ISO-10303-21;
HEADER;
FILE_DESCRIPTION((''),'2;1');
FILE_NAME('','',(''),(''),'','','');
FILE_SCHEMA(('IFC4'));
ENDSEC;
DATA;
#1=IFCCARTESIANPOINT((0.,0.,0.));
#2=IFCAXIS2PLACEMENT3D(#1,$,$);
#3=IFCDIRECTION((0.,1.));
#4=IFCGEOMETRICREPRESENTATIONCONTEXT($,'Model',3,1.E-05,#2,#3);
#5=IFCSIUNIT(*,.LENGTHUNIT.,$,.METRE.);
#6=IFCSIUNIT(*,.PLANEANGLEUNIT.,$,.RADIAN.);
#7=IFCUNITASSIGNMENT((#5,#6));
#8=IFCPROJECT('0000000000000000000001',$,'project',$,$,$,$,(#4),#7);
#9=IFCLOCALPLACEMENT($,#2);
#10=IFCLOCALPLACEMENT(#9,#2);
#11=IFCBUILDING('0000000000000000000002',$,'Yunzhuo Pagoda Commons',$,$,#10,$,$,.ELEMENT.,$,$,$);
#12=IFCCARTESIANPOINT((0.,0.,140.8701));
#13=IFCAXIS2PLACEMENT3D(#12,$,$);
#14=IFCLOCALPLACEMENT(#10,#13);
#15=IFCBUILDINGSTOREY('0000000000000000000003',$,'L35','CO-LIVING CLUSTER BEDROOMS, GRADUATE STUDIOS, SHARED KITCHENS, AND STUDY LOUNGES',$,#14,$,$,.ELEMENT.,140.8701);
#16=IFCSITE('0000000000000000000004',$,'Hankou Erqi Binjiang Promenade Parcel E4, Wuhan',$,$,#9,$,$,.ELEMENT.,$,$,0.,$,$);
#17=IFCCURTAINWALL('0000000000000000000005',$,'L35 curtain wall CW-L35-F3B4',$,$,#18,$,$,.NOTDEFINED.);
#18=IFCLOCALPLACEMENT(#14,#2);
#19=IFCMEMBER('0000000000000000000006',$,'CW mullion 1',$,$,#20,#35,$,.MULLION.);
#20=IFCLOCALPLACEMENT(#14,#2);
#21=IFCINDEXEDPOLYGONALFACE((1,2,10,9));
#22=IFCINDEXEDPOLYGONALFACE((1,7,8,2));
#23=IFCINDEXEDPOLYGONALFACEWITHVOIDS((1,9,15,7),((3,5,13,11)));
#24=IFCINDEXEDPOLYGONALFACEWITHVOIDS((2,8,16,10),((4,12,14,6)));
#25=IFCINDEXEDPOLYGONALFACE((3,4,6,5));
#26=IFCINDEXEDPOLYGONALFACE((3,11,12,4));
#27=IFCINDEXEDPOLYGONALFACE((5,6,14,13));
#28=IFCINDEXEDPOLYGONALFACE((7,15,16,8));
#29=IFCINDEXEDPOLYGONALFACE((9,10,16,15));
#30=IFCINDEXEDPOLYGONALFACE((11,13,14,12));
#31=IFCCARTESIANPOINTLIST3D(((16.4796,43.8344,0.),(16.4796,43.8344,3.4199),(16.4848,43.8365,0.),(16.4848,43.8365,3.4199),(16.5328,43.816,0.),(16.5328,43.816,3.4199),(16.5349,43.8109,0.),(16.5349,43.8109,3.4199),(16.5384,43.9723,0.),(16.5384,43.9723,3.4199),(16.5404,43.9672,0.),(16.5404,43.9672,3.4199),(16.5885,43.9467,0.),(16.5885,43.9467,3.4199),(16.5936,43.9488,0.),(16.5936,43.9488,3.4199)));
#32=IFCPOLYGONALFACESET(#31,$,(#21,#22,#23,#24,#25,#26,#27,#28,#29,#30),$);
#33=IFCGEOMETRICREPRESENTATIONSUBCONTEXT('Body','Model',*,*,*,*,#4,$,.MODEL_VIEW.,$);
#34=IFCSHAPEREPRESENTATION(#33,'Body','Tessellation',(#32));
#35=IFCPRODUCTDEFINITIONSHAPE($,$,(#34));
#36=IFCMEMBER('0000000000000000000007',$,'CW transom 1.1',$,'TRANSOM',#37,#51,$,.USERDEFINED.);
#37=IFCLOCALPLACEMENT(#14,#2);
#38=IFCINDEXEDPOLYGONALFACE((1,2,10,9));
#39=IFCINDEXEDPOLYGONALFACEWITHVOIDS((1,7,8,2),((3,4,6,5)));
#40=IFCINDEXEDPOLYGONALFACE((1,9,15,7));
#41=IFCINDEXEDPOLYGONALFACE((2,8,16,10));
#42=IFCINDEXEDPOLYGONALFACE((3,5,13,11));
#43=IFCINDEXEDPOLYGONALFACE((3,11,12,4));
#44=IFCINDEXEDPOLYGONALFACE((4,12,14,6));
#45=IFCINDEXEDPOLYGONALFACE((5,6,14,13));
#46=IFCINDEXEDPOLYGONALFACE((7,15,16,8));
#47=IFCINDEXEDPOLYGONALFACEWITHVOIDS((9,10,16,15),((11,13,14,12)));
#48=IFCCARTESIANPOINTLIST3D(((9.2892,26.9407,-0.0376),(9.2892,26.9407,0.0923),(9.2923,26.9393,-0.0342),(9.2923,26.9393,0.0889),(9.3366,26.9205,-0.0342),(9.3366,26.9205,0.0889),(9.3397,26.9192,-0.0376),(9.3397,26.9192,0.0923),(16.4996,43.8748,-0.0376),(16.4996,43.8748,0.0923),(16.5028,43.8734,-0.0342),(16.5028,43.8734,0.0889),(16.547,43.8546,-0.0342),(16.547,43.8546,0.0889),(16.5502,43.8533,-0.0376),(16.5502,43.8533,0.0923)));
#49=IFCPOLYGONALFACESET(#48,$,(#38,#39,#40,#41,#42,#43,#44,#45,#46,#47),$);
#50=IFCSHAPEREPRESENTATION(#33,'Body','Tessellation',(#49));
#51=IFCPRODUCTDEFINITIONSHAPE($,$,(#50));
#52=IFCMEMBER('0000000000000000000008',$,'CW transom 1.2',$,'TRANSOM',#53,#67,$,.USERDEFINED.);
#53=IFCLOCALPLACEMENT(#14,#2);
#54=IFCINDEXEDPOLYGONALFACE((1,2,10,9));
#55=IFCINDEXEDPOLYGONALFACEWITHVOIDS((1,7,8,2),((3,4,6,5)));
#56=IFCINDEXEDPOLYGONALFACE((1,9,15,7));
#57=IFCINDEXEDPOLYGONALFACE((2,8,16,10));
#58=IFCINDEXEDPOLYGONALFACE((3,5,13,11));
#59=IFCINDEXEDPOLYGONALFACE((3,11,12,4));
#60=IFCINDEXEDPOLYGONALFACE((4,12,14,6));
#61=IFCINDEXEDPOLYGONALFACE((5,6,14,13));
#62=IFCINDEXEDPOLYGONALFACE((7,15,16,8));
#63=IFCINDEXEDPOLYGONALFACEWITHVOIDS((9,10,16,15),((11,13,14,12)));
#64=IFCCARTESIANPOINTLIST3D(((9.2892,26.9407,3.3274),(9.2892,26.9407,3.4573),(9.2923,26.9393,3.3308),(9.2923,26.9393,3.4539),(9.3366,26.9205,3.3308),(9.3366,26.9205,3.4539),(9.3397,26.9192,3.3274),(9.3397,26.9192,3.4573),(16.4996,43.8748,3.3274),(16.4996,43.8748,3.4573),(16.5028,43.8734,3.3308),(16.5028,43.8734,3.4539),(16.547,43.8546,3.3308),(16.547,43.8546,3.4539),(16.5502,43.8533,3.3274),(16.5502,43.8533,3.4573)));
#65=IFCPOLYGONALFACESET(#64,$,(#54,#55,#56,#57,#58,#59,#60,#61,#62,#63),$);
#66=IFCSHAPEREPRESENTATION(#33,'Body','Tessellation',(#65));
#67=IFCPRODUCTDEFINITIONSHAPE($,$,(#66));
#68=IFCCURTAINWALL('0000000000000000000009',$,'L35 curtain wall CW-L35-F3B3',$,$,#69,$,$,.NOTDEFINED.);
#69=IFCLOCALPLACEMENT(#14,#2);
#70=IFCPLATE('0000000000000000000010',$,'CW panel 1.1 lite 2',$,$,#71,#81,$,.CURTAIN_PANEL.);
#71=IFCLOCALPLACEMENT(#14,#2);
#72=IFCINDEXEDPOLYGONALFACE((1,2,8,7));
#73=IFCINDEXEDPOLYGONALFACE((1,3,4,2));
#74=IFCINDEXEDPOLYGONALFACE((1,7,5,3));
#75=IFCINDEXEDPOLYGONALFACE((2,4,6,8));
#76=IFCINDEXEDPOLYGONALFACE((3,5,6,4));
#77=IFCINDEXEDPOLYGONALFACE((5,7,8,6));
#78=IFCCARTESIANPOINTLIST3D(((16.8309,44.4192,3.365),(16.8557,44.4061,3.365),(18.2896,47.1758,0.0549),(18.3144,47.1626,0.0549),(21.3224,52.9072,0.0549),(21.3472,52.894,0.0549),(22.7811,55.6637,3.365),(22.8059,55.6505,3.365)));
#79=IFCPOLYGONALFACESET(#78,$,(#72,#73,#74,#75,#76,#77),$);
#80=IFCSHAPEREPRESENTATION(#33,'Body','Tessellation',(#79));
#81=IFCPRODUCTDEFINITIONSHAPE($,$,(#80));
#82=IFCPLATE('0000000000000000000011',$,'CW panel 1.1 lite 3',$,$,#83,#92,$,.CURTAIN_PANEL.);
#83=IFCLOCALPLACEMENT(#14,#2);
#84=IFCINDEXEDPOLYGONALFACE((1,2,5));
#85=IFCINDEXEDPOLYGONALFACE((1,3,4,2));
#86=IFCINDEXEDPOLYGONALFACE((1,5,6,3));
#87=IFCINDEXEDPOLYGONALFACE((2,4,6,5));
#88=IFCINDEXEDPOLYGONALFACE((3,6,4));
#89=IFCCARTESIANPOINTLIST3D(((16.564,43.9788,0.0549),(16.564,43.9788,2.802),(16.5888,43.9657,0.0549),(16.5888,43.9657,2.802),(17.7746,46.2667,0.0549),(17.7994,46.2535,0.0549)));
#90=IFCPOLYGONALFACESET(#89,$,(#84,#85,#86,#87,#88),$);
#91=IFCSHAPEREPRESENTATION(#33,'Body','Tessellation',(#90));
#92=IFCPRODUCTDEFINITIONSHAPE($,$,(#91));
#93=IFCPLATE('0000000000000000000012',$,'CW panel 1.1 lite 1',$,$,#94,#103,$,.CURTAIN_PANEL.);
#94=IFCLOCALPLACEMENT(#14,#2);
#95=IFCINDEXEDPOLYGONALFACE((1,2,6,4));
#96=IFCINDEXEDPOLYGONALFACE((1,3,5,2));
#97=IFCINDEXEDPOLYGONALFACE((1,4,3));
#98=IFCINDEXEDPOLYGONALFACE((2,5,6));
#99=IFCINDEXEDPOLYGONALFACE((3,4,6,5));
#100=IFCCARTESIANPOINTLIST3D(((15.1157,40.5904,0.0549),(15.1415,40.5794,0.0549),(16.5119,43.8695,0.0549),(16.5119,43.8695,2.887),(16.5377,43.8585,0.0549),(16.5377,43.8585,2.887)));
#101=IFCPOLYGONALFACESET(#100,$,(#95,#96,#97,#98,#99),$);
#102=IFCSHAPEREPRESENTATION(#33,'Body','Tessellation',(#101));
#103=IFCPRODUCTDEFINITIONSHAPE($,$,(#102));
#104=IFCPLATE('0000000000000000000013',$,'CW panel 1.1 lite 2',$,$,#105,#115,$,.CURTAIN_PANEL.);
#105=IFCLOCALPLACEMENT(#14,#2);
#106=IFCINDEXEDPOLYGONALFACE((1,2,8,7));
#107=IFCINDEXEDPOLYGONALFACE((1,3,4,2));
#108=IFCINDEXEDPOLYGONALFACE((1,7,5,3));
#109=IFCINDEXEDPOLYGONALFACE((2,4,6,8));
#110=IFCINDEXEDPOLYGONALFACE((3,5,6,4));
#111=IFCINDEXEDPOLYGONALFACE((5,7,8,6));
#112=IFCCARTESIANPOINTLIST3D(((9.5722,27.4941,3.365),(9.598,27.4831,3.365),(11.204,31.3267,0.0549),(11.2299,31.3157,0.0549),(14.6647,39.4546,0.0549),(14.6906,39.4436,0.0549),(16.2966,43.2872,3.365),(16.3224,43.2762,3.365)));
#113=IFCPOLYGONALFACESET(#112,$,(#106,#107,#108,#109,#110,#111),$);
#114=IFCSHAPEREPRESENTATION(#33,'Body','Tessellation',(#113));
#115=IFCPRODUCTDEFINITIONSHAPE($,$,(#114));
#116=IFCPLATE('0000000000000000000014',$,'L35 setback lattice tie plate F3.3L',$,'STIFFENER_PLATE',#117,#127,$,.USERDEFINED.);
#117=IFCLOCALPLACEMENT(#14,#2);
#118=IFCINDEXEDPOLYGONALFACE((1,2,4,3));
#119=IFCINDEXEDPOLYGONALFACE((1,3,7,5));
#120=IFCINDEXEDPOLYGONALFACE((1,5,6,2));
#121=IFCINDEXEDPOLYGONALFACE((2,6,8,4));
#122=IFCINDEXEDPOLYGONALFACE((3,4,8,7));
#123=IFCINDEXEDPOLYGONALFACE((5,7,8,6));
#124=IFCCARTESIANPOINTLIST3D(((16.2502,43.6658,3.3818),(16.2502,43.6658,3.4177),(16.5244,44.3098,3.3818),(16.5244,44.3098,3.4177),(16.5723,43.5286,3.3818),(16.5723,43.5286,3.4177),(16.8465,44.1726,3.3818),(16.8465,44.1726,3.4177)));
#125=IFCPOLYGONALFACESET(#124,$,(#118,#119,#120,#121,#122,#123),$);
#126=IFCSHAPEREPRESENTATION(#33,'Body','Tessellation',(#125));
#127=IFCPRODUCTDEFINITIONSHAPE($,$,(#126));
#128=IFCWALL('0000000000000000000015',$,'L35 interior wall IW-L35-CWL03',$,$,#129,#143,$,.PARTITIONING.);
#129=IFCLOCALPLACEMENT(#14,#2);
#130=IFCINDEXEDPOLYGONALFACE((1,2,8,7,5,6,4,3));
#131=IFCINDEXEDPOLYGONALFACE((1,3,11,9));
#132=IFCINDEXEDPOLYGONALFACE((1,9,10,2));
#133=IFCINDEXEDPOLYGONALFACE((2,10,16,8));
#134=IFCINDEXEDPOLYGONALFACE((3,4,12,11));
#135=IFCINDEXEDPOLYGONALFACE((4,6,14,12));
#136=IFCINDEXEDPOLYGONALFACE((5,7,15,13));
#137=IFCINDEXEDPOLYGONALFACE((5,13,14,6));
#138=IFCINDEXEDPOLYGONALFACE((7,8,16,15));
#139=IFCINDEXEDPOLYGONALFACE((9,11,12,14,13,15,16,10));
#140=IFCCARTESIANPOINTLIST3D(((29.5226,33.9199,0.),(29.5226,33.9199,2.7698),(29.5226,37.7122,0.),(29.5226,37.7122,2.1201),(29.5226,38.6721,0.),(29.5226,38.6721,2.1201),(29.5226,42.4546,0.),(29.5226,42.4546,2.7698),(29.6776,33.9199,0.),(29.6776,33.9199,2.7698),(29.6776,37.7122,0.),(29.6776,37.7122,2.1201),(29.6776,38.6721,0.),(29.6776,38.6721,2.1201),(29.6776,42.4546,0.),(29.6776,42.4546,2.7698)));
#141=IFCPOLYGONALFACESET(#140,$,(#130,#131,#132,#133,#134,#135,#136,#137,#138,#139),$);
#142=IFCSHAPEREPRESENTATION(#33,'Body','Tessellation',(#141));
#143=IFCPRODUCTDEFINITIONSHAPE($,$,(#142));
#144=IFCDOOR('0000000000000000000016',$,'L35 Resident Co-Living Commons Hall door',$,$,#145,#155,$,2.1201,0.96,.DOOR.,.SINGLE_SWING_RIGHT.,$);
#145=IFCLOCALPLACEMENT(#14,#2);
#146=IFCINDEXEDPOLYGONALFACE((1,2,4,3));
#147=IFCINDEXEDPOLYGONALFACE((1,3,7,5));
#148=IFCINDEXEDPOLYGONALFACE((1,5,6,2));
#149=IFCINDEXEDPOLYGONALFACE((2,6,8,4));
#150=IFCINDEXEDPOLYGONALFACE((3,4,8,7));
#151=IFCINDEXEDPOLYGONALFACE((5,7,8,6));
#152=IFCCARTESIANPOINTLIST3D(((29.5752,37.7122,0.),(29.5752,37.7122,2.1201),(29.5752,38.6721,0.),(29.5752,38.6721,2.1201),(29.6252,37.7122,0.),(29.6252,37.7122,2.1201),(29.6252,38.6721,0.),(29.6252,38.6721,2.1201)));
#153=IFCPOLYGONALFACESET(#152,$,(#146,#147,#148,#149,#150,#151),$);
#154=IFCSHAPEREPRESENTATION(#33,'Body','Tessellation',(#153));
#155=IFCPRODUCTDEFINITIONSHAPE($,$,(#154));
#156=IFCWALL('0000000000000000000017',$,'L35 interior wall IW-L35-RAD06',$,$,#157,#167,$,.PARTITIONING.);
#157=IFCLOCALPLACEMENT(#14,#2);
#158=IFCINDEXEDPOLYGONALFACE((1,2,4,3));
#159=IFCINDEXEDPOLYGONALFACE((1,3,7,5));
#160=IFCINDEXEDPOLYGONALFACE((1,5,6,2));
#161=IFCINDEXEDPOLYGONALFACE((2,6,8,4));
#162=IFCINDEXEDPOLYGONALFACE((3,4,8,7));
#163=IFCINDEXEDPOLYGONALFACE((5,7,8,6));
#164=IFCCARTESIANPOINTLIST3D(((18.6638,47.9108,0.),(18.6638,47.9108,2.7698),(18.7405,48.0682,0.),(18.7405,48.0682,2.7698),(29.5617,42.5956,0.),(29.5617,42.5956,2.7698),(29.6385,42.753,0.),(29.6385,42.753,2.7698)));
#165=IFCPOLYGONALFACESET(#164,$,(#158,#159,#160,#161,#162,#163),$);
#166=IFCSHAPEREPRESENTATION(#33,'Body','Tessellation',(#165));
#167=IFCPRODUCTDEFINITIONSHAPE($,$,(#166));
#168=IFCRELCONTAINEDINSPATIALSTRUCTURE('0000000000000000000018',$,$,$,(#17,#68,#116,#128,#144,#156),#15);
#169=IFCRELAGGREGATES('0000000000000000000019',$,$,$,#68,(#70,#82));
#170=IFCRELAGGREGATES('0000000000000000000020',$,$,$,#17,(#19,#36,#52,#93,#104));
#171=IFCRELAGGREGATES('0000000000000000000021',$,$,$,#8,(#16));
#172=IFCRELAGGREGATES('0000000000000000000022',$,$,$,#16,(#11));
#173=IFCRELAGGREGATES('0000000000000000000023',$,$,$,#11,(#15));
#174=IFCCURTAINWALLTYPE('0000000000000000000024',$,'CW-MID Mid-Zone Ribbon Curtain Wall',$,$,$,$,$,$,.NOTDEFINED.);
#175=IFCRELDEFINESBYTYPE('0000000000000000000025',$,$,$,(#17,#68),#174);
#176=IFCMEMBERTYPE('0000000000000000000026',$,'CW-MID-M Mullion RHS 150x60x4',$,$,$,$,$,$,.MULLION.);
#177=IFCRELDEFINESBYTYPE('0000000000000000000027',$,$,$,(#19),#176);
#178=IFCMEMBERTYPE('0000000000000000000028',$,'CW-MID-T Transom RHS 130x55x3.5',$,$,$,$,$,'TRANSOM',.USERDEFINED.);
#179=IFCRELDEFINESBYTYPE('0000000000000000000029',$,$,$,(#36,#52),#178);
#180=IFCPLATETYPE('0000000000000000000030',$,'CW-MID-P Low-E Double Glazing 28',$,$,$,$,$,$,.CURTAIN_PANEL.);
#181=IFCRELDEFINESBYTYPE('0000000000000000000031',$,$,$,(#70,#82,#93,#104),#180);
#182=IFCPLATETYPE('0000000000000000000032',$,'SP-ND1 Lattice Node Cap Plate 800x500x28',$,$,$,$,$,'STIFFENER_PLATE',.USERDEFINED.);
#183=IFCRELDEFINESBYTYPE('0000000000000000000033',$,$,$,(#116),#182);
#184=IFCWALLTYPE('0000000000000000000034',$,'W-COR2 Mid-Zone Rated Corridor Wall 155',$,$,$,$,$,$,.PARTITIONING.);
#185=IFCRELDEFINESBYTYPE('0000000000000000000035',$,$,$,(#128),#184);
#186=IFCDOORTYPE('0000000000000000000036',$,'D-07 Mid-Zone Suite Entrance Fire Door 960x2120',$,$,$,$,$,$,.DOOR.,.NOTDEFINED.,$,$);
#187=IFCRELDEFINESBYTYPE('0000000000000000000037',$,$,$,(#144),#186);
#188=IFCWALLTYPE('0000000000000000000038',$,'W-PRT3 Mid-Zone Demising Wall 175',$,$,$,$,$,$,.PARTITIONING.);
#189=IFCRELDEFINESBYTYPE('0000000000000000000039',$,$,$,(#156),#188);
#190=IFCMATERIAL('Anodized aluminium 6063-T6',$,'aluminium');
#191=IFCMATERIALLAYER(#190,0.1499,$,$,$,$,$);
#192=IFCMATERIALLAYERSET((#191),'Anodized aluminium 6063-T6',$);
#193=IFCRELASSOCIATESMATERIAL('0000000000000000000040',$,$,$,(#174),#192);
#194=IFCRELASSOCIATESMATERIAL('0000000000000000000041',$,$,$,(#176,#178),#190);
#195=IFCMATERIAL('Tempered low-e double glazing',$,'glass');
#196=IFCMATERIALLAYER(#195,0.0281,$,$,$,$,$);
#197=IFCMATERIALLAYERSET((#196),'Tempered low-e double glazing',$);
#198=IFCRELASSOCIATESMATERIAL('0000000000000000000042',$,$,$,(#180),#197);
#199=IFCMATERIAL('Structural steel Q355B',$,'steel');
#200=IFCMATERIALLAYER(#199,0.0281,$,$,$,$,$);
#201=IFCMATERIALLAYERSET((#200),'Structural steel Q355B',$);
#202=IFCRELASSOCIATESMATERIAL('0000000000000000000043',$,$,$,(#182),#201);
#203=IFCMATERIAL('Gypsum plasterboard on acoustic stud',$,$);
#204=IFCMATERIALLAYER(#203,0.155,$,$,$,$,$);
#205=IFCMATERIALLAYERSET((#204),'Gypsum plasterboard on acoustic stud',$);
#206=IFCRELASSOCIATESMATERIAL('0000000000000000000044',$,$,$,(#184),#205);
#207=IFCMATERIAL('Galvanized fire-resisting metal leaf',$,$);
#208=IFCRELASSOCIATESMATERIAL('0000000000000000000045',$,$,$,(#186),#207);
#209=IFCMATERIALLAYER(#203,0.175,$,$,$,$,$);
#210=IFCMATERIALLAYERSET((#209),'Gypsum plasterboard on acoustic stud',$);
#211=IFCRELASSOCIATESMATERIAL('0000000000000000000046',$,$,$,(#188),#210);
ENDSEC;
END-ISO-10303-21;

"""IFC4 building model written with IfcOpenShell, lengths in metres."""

from ifc_helpers import new_model, si_unit, direction, frame, frame_2d, origin, origin_with_axes, origin_2d, place, context, subcontext, project, spatial, polyline, rectangle, hollow_rectangle, outline, extrude, source, transform, mapped, material, layer, layer_set, material_profile, profile_set, type_object, element, fill, aggregate, save


model = new_model("IFC4")

# Units and contexts
model_context = context("Model", 3, precision=1e-05, world=origin(), true_north=direction((0.0, 1.0)))
body_context = subcontext(model_context, "Body", "Model", "MODEL_VIEW")
ifc_project = project(units=[si_unit("LENGTHUNIT", "METRE"), si_unit("PLANEANGLEUNIT", "RADIAN")], contexts=[model_context])

# Site, building, storey
site_placement = place(None, origin())
site = spatial("IfcSite", under=ifc_project, at=site_placement, Name="Hankou Erqi Binjiang Promenade Parcel E4, Wuhan", CompositionType="ELEMENT", RefElevation=0.0)
building_placement = place(site_placement, origin())
building = spatial("IfcBuilding", under=site, at=building_placement, Name="Yunzhuo Pagoda Commons", CompositionType="ELEMENT")
storey_placement = place(building_placement, frame((0.0, 0.0, 140.8701)))
storey = spatial("IfcBuildingStorey", under=building, at=storey_placement, Name="L35", Description="CO-LIVING CLUSTER BEDROOMS, GRADUATE STUDIOS, SHARED KITCHENS, AND STUDY LOUNGES", CompositionType="ELEMENT", Elevation=140.8701)

# Shared definitions
ifc_material_1 = material(Name="Structural steel Q355B", Category="steel")

# Curtain wall, members
ifc_material_2 = material(Name="Anodized aluminium 6063-T6", Category="aluminium")
ifc_layer_1 = layer(ifc_material_2, 0.1499)
ifc_layer_set_1 = layer_set([ifc_layer_1], Name="Anodized aluminium 6063-T6")
curtain_wall_type = type_object("IfcCurtainWallType", Name="CW-MID Mid-Zone Ribbon Curtain Wall", PredefinedType="NOTDEFINED", material=ifc_layer_set_1)
curtain_wall_1_placement = place(storey_placement, origin())
curtain_wall_1 = element("IfcCurtainWall", 1, at=curtain_wall_1_placement, inside=storey, type_object=curtain_wall_type, Name="L35 curtain wall CW-L35-F3B4", PredefinedType="NOTDEFINED")
ifc_material_profile_1 = material_profile(ifc_material_2, hollow_rectangle(XDim=0.0601, YDim=0.1499, WallThickness=0.0039, at=origin_2d()), Name="Anodized aluminium 6063-T6")
ifc_profile_set_1 = profile_set([ifc_material_profile_1], Name="Anodized aluminium 6063-T6")
member_type_1 = type_object("IfcMemberType", Name="CW-MID-M Mullion RHS 150x60x4", PredefinedType="MULLION", material=ifc_profile_set_1)
shared_shape_1 = source(origin(), body_context, "Body", "SweptSolid", [
    extrude(hollow_rectangle(XDim=0.0601, YDim=0.1499, WallThickness=0.0039, at=origin_2d()), origin(), (0.0, 0.0, 1.0), 3.4199),
])
member_1_placement = place(storey_placement, frame((16.5366, 43.8916, 0.0), z_axis=(0.0, 0.0, 1.0), x_axis=(0.920072, -0.391749, 0.0)))
member_1 = element("IfcMember", 2, at=member_1_placement, type_object=member_type_1, Name="CW mullion 1", PredefinedType="MULLION", context=body_context, shape_type="MappedRepresentation", body=[
    mapped(shared_shape_1, transform((0.0, 0.0, 0.0), scale=1.0)),
])
ifc_material_profile_2 = material_profile(ifc_material_2, hollow_rectangle(XDim=0.0549, YDim=0.1299, WallThickness=0.0034, at=origin_2d()), Name="Anodized aluminium 6063-T6")
ifc_profile_set_2 = profile_set([ifc_material_profile_2], Name="Anodized aluminium 6063-T6")
member_type_2 = type_object("IfcMemberType", Name="CW-MID-T Transom RHS 130x55x3.5", ElementType="TRANSOM", PredefinedType="USERDEFINED", material=ifc_profile_set_2)
shared_shape_2 = source(origin(), body_context, "Body", "SweptSolid", [
    extrude(hollow_rectangle(XDim=0.0549, YDim=0.1299, WallThickness=0.0034, at=origin_2d()), origin(), (0.0, 0.0, 1.0), 18.4053),
])
member_2_placement = place(storey_placement, frame((16.5249, 43.864, 0.0273), z_axis=(-0.39176, -0.920067, 0.0), x_axis=(0.920067, -0.39176, 0.0)))
member_2 = element("IfcMember", 3, at=member_2_placement, type_object=member_type_2, Name="CW transom 1.1", ObjectType="TRANSOM", PredefinedType="USERDEFINED", context=body_context, shape_type="MappedRepresentation", body=[
    mapped(shared_shape_2, transform((0.0, 0.0, 0.0), scale=1.0)),
])
member_3_placement = place(storey_placement, frame((16.5249, 43.864, 3.3923), z_axis=(-0.39176, -0.920067, 0.0), x_axis=(0.920067, -0.39176, 0.0)))
member_3 = element("IfcMember", 4, at=member_3_placement, type_object=member_type_2, Name="CW transom 1.2", ObjectType="TRANSOM", PredefinedType="USERDEFINED", context=body_context, shape_type="MappedRepresentation", body=[
    mapped(shared_shape_2, transform((0.0, 0.0, 0.0), scale=1.0)),
])

# Curtain wall, plates
curtain_wall_2_placement = place(storey_placement, origin())
curtain_wall_2 = element("IfcCurtainWall", 5, at=curtain_wall_2_placement, inside=storey, type_object=curtain_wall_type, Name="L35 curtain wall CW-L35-F3B3", PredefinedType="NOTDEFINED")
ifc_material_3 = material(Name="Tempered low-e double glazing", Category="glass")
ifc_layer_2 = layer(ifc_material_3, 0.0281)
ifc_layer_set_2 = layer_set([ifc_layer_2], Name="Tempered low-e double glazing")
plate_type_1 = type_object("IfcPlateType", Name="CW-MID-P Low-E Double Glazing 28", PredefinedType="CURTAIN_PANEL", material=ifc_layer_set_2)
plate_1_placement = place(storey_placement, frame((19.8308, 50.0283, 1.71), z_axis=(-0.883879, 0.467715, 0.0), x_axis=(-0.467715, -0.883879, 0.0)))
plate_1 = element("IfcPlate", 6, at=plate_1_placement, type_object=plate_type_1, Name="CW panel 1.1 lite 2", PredefinedType="CURTAIN_PANEL", context=body_context, shape_type="SweptSolid", body=[
    extrude(outline(polyline([(-6.3608, 1.655), (-3.2422, -1.655), (3.2422, -1.655), (6.3608, 1.655), (-6.3608, 1.655)])), origin(), (0.0, 0.0, 1.0), 0.0281),
])
plate_2_placement = place(storey_placement, frame((17.1941, 45.1096, 1.4285), z_axis=(-0.883879, 0.467715, 0.0), x_axis=(-0.467715, -0.883879, 0.0)))
plate_2 = element("IfcPlate", 7, at=plate_2_placement, type_object=plate_type_1, Name="CW panel 1.1 lite 3", PredefinedType="CURTAIN_PANEL", context=body_context, shape_type="SweptSolid", body=[
    extrude(outline(polyline([(-1.2942, -1.3735), (1.2942, -1.3735), (1.2942, 1.3735), (-1.2942, -1.3735)])), origin(), (0.0, 0.0, 1.0), 0.0281),
])
aggregate(curtain_wall_2, [plate_1, plate_2])

# Plates
plate_3_placement = place(storey_placement, frame((15.8396, 42.219, 1.4709), z_axis=(-0.920072, 0.391749, 0.0), x_axis=(-0.391749, -0.920072, 0.0)))
plate_3 = element("IfcPlate", 8, at=plate_3_placement, type_object=plate_type_1, Name="CW panel 1.1 lite 1", PredefinedType="CURTAIN_PANEL", context=body_context, shape_type="SweptSolid", body=[
    extrude(outline(polyline([(-1.782, -1.416), (1.782, -1.416), (-1.782, 1.416), (-1.782, -1.416)])), origin(), (0.0, 0.0, 1.0), 0.0281),
])
plate_4_placement = place(storey_placement, frame((12.9602, 35.3796, 1.71), z_axis=(-0.920072, 0.391749, 0.0), x_axis=(-0.391749, -0.920072, 0.0)))
plate_4 = element("IfcPlate", 9, at=plate_4_placement, type_object=plate_type_1, Name="CW panel 1.1 lite 2", PredefinedType="CURTAIN_PANEL", context=body_context, shape_type="SweptSolid", body=[
    extrude(outline(polyline([(-8.5825, 1.655), (-4.417, -1.655), (4.417, -1.655), (8.5825, 1.655), (-8.5825, 1.655)])), origin(), (0.0, 0.0, 1.0), 0.0281),
])
aggregate(curtain_wall_1, [member_1, member_2, member_3, plate_3, plate_4])
ifc_layer_3 = layer(ifc_material_1, 0.0281)
ifc_layer_set_3 = layer_set([ifc_layer_3], Name="Structural steel Q355B")
plate_type_2 = type_object("IfcPlateType", Name="SP-ND1 Lattice Node Cap Plate 800x500x28", ElementType="STIFFENER_PLATE", PredefinedType="USERDEFINED", material=ifc_layer_set_3)
shared_shape_3 = source(origin(), body_context, "Body", "SweptSolid", [
    extrude(rectangle(XDim=0.7, YDim=0.3501, at=origin_2d()), origin(), (0.0, 0.0, 1.0), 0.0359),
])
plate_5_placement = place(storey_placement, frame((16.5483, 43.9192, 3.3818), z_axis=(0.0, 0.0, 1.0), x_axis=(-0.391743, -0.920075, 0.0)))
element("IfcPlate", 10, at=plate_5_placement, inside=storey, type_object=plate_type_2, Name="L35 setback lattice tie plate F3.3L", ObjectType="STIFFENER_PLATE", PredefinedType="USERDEFINED", context=body_context, shape_type="MappedRepresentation", body=[
    mapped(shared_shape_3, transform((0.0, 0.0, 0.0), scale=1.0)),
])

# Wall, opening, door
ifc_material_4 = material(Name="Gypsum plasterboard on acoustic stud")
ifc_layer_4 = layer(ifc_material_4, 0.155)
ifc_layer_set_4 = layer_set([ifc_layer_4], Name="Gypsum plasterboard on acoustic stud")
wall_type_1 = type_object("IfcWallType", Name="W-COR2 Mid-Zone Rated Corridor Wall 155", PredefinedType="PARTITIONING", material=ifc_layer_set_4)
wall_1_placement = place(storey_placement, frame((29.6001, 33.9199, 0.0), z_axis=(0.0, 0.0, 1.0), x_axis=(0.0, 1.0, 0.0)))
wall_1 = element("IfcWall", 11, at=wall_1_placement, inside=storey, type_object=wall_type_1, Name="L35 interior wall IW-L35-CWL03", PredefinedType="PARTITIONING", context=body_context, shape_type="SweptSolid", body=[
    extrude(rectangle(XDim=8.5347, YDim=0.155, at=frame_2d((4.2673, 0.0))), origin(), (0.0, 0.0, 1.0), 2.7698),
])
opening_placement = place(wall_1_placement, frame((3.7922, 0.0, 0.0)))
opening = element("IfcOpeningElement", 12, at=opening_placement, cuts=wall_1, PredefinedType="OPENING", context=body_context, shape_type="SweptSolid", body=[
    extrude(rectangle(XDim=0.96, YDim=2.1201, at=frame_2d((0.48, 1.0601))), frame((0.0, 0.0874, 0.0), z_axis=(0.0, -1.0, 0.0), x_axis=(1.0, 0.0, 0.0)), (0.0, 0.0, 1.0), 0.175),
])
ifc_material_5 = material(Name="Galvanized fire-resisting metal leaf")
door_type = type_object("IfcDoorType", Name="D-07 Mid-Zone Suite Entrance Fire Door 960x2120", OperationType="NOTDEFINED", PredefinedType="DOOR", material=ifc_material_5)
shared_shape_4 = source(origin(), body_context, "Body", "SweptSolid", [
    extrude(rectangle(XDim=0.96, YDim=2.1201, at=frame_2d((0.48, 1.0601))), frame((0.0, 0.0249, 0.0), z_axis=(0.0, -1.0, 0.0), x_axis=(1.0, 0.0, 0.0)), (0.0, 0.0, 1.0), 0.05),
])
door_placement = place(opening_placement, origin_with_axes())
door = element("IfcDoor", 13, at=door_placement, inside=storey, type_object=door_type, Name="L35 Resident Co-Living Commons Hall door", OperationType="SINGLE_SWING_RIGHT", OverallHeight=2.1201, OverallWidth=0.96, PredefinedType="DOOR", context=body_context, shape_type="MappedRepresentation", body=[
    mapped(shared_shape_4, transform((0.0, 0.0, 0.0), scale=1.0)),
])
fill(opening, door)

# Wall
ifc_layer_5 = layer(ifc_material_4, 0.175)
ifc_layer_set_5 = layer_set([ifc_layer_5], Name="Gypsum plasterboard on acoustic stud")
wall_type_2 = type_object("IfcWallType", Name="W-PRT3 Mid-Zone Demising Wall 175", PredefinedType="PARTITIONING", material=ifc_layer_set_5)
wall_2_placement = place(storey_placement, frame((29.6001, 42.6743, 0.0), z_axis=(0.0, 0.0, 1.0), x_axis=(-0.898797, 0.438365, 0.0)))
element("IfcWall", 14, at=wall_2_placement, inside=storey, type_object=wall_type_2, Name="L35 interior wall IW-L35-RAD06", PredefinedType="PARTITIONING", context=body_context, shape_type="SweptSolid", body=[
    extrude(rectangle(XDim=12.125, YDim=0.175, at=frame_2d((6.0625, 0.0))), origin(), (0.0, 0.0, 1.0), 2.7698),
])

save(model, "model.ifc")
